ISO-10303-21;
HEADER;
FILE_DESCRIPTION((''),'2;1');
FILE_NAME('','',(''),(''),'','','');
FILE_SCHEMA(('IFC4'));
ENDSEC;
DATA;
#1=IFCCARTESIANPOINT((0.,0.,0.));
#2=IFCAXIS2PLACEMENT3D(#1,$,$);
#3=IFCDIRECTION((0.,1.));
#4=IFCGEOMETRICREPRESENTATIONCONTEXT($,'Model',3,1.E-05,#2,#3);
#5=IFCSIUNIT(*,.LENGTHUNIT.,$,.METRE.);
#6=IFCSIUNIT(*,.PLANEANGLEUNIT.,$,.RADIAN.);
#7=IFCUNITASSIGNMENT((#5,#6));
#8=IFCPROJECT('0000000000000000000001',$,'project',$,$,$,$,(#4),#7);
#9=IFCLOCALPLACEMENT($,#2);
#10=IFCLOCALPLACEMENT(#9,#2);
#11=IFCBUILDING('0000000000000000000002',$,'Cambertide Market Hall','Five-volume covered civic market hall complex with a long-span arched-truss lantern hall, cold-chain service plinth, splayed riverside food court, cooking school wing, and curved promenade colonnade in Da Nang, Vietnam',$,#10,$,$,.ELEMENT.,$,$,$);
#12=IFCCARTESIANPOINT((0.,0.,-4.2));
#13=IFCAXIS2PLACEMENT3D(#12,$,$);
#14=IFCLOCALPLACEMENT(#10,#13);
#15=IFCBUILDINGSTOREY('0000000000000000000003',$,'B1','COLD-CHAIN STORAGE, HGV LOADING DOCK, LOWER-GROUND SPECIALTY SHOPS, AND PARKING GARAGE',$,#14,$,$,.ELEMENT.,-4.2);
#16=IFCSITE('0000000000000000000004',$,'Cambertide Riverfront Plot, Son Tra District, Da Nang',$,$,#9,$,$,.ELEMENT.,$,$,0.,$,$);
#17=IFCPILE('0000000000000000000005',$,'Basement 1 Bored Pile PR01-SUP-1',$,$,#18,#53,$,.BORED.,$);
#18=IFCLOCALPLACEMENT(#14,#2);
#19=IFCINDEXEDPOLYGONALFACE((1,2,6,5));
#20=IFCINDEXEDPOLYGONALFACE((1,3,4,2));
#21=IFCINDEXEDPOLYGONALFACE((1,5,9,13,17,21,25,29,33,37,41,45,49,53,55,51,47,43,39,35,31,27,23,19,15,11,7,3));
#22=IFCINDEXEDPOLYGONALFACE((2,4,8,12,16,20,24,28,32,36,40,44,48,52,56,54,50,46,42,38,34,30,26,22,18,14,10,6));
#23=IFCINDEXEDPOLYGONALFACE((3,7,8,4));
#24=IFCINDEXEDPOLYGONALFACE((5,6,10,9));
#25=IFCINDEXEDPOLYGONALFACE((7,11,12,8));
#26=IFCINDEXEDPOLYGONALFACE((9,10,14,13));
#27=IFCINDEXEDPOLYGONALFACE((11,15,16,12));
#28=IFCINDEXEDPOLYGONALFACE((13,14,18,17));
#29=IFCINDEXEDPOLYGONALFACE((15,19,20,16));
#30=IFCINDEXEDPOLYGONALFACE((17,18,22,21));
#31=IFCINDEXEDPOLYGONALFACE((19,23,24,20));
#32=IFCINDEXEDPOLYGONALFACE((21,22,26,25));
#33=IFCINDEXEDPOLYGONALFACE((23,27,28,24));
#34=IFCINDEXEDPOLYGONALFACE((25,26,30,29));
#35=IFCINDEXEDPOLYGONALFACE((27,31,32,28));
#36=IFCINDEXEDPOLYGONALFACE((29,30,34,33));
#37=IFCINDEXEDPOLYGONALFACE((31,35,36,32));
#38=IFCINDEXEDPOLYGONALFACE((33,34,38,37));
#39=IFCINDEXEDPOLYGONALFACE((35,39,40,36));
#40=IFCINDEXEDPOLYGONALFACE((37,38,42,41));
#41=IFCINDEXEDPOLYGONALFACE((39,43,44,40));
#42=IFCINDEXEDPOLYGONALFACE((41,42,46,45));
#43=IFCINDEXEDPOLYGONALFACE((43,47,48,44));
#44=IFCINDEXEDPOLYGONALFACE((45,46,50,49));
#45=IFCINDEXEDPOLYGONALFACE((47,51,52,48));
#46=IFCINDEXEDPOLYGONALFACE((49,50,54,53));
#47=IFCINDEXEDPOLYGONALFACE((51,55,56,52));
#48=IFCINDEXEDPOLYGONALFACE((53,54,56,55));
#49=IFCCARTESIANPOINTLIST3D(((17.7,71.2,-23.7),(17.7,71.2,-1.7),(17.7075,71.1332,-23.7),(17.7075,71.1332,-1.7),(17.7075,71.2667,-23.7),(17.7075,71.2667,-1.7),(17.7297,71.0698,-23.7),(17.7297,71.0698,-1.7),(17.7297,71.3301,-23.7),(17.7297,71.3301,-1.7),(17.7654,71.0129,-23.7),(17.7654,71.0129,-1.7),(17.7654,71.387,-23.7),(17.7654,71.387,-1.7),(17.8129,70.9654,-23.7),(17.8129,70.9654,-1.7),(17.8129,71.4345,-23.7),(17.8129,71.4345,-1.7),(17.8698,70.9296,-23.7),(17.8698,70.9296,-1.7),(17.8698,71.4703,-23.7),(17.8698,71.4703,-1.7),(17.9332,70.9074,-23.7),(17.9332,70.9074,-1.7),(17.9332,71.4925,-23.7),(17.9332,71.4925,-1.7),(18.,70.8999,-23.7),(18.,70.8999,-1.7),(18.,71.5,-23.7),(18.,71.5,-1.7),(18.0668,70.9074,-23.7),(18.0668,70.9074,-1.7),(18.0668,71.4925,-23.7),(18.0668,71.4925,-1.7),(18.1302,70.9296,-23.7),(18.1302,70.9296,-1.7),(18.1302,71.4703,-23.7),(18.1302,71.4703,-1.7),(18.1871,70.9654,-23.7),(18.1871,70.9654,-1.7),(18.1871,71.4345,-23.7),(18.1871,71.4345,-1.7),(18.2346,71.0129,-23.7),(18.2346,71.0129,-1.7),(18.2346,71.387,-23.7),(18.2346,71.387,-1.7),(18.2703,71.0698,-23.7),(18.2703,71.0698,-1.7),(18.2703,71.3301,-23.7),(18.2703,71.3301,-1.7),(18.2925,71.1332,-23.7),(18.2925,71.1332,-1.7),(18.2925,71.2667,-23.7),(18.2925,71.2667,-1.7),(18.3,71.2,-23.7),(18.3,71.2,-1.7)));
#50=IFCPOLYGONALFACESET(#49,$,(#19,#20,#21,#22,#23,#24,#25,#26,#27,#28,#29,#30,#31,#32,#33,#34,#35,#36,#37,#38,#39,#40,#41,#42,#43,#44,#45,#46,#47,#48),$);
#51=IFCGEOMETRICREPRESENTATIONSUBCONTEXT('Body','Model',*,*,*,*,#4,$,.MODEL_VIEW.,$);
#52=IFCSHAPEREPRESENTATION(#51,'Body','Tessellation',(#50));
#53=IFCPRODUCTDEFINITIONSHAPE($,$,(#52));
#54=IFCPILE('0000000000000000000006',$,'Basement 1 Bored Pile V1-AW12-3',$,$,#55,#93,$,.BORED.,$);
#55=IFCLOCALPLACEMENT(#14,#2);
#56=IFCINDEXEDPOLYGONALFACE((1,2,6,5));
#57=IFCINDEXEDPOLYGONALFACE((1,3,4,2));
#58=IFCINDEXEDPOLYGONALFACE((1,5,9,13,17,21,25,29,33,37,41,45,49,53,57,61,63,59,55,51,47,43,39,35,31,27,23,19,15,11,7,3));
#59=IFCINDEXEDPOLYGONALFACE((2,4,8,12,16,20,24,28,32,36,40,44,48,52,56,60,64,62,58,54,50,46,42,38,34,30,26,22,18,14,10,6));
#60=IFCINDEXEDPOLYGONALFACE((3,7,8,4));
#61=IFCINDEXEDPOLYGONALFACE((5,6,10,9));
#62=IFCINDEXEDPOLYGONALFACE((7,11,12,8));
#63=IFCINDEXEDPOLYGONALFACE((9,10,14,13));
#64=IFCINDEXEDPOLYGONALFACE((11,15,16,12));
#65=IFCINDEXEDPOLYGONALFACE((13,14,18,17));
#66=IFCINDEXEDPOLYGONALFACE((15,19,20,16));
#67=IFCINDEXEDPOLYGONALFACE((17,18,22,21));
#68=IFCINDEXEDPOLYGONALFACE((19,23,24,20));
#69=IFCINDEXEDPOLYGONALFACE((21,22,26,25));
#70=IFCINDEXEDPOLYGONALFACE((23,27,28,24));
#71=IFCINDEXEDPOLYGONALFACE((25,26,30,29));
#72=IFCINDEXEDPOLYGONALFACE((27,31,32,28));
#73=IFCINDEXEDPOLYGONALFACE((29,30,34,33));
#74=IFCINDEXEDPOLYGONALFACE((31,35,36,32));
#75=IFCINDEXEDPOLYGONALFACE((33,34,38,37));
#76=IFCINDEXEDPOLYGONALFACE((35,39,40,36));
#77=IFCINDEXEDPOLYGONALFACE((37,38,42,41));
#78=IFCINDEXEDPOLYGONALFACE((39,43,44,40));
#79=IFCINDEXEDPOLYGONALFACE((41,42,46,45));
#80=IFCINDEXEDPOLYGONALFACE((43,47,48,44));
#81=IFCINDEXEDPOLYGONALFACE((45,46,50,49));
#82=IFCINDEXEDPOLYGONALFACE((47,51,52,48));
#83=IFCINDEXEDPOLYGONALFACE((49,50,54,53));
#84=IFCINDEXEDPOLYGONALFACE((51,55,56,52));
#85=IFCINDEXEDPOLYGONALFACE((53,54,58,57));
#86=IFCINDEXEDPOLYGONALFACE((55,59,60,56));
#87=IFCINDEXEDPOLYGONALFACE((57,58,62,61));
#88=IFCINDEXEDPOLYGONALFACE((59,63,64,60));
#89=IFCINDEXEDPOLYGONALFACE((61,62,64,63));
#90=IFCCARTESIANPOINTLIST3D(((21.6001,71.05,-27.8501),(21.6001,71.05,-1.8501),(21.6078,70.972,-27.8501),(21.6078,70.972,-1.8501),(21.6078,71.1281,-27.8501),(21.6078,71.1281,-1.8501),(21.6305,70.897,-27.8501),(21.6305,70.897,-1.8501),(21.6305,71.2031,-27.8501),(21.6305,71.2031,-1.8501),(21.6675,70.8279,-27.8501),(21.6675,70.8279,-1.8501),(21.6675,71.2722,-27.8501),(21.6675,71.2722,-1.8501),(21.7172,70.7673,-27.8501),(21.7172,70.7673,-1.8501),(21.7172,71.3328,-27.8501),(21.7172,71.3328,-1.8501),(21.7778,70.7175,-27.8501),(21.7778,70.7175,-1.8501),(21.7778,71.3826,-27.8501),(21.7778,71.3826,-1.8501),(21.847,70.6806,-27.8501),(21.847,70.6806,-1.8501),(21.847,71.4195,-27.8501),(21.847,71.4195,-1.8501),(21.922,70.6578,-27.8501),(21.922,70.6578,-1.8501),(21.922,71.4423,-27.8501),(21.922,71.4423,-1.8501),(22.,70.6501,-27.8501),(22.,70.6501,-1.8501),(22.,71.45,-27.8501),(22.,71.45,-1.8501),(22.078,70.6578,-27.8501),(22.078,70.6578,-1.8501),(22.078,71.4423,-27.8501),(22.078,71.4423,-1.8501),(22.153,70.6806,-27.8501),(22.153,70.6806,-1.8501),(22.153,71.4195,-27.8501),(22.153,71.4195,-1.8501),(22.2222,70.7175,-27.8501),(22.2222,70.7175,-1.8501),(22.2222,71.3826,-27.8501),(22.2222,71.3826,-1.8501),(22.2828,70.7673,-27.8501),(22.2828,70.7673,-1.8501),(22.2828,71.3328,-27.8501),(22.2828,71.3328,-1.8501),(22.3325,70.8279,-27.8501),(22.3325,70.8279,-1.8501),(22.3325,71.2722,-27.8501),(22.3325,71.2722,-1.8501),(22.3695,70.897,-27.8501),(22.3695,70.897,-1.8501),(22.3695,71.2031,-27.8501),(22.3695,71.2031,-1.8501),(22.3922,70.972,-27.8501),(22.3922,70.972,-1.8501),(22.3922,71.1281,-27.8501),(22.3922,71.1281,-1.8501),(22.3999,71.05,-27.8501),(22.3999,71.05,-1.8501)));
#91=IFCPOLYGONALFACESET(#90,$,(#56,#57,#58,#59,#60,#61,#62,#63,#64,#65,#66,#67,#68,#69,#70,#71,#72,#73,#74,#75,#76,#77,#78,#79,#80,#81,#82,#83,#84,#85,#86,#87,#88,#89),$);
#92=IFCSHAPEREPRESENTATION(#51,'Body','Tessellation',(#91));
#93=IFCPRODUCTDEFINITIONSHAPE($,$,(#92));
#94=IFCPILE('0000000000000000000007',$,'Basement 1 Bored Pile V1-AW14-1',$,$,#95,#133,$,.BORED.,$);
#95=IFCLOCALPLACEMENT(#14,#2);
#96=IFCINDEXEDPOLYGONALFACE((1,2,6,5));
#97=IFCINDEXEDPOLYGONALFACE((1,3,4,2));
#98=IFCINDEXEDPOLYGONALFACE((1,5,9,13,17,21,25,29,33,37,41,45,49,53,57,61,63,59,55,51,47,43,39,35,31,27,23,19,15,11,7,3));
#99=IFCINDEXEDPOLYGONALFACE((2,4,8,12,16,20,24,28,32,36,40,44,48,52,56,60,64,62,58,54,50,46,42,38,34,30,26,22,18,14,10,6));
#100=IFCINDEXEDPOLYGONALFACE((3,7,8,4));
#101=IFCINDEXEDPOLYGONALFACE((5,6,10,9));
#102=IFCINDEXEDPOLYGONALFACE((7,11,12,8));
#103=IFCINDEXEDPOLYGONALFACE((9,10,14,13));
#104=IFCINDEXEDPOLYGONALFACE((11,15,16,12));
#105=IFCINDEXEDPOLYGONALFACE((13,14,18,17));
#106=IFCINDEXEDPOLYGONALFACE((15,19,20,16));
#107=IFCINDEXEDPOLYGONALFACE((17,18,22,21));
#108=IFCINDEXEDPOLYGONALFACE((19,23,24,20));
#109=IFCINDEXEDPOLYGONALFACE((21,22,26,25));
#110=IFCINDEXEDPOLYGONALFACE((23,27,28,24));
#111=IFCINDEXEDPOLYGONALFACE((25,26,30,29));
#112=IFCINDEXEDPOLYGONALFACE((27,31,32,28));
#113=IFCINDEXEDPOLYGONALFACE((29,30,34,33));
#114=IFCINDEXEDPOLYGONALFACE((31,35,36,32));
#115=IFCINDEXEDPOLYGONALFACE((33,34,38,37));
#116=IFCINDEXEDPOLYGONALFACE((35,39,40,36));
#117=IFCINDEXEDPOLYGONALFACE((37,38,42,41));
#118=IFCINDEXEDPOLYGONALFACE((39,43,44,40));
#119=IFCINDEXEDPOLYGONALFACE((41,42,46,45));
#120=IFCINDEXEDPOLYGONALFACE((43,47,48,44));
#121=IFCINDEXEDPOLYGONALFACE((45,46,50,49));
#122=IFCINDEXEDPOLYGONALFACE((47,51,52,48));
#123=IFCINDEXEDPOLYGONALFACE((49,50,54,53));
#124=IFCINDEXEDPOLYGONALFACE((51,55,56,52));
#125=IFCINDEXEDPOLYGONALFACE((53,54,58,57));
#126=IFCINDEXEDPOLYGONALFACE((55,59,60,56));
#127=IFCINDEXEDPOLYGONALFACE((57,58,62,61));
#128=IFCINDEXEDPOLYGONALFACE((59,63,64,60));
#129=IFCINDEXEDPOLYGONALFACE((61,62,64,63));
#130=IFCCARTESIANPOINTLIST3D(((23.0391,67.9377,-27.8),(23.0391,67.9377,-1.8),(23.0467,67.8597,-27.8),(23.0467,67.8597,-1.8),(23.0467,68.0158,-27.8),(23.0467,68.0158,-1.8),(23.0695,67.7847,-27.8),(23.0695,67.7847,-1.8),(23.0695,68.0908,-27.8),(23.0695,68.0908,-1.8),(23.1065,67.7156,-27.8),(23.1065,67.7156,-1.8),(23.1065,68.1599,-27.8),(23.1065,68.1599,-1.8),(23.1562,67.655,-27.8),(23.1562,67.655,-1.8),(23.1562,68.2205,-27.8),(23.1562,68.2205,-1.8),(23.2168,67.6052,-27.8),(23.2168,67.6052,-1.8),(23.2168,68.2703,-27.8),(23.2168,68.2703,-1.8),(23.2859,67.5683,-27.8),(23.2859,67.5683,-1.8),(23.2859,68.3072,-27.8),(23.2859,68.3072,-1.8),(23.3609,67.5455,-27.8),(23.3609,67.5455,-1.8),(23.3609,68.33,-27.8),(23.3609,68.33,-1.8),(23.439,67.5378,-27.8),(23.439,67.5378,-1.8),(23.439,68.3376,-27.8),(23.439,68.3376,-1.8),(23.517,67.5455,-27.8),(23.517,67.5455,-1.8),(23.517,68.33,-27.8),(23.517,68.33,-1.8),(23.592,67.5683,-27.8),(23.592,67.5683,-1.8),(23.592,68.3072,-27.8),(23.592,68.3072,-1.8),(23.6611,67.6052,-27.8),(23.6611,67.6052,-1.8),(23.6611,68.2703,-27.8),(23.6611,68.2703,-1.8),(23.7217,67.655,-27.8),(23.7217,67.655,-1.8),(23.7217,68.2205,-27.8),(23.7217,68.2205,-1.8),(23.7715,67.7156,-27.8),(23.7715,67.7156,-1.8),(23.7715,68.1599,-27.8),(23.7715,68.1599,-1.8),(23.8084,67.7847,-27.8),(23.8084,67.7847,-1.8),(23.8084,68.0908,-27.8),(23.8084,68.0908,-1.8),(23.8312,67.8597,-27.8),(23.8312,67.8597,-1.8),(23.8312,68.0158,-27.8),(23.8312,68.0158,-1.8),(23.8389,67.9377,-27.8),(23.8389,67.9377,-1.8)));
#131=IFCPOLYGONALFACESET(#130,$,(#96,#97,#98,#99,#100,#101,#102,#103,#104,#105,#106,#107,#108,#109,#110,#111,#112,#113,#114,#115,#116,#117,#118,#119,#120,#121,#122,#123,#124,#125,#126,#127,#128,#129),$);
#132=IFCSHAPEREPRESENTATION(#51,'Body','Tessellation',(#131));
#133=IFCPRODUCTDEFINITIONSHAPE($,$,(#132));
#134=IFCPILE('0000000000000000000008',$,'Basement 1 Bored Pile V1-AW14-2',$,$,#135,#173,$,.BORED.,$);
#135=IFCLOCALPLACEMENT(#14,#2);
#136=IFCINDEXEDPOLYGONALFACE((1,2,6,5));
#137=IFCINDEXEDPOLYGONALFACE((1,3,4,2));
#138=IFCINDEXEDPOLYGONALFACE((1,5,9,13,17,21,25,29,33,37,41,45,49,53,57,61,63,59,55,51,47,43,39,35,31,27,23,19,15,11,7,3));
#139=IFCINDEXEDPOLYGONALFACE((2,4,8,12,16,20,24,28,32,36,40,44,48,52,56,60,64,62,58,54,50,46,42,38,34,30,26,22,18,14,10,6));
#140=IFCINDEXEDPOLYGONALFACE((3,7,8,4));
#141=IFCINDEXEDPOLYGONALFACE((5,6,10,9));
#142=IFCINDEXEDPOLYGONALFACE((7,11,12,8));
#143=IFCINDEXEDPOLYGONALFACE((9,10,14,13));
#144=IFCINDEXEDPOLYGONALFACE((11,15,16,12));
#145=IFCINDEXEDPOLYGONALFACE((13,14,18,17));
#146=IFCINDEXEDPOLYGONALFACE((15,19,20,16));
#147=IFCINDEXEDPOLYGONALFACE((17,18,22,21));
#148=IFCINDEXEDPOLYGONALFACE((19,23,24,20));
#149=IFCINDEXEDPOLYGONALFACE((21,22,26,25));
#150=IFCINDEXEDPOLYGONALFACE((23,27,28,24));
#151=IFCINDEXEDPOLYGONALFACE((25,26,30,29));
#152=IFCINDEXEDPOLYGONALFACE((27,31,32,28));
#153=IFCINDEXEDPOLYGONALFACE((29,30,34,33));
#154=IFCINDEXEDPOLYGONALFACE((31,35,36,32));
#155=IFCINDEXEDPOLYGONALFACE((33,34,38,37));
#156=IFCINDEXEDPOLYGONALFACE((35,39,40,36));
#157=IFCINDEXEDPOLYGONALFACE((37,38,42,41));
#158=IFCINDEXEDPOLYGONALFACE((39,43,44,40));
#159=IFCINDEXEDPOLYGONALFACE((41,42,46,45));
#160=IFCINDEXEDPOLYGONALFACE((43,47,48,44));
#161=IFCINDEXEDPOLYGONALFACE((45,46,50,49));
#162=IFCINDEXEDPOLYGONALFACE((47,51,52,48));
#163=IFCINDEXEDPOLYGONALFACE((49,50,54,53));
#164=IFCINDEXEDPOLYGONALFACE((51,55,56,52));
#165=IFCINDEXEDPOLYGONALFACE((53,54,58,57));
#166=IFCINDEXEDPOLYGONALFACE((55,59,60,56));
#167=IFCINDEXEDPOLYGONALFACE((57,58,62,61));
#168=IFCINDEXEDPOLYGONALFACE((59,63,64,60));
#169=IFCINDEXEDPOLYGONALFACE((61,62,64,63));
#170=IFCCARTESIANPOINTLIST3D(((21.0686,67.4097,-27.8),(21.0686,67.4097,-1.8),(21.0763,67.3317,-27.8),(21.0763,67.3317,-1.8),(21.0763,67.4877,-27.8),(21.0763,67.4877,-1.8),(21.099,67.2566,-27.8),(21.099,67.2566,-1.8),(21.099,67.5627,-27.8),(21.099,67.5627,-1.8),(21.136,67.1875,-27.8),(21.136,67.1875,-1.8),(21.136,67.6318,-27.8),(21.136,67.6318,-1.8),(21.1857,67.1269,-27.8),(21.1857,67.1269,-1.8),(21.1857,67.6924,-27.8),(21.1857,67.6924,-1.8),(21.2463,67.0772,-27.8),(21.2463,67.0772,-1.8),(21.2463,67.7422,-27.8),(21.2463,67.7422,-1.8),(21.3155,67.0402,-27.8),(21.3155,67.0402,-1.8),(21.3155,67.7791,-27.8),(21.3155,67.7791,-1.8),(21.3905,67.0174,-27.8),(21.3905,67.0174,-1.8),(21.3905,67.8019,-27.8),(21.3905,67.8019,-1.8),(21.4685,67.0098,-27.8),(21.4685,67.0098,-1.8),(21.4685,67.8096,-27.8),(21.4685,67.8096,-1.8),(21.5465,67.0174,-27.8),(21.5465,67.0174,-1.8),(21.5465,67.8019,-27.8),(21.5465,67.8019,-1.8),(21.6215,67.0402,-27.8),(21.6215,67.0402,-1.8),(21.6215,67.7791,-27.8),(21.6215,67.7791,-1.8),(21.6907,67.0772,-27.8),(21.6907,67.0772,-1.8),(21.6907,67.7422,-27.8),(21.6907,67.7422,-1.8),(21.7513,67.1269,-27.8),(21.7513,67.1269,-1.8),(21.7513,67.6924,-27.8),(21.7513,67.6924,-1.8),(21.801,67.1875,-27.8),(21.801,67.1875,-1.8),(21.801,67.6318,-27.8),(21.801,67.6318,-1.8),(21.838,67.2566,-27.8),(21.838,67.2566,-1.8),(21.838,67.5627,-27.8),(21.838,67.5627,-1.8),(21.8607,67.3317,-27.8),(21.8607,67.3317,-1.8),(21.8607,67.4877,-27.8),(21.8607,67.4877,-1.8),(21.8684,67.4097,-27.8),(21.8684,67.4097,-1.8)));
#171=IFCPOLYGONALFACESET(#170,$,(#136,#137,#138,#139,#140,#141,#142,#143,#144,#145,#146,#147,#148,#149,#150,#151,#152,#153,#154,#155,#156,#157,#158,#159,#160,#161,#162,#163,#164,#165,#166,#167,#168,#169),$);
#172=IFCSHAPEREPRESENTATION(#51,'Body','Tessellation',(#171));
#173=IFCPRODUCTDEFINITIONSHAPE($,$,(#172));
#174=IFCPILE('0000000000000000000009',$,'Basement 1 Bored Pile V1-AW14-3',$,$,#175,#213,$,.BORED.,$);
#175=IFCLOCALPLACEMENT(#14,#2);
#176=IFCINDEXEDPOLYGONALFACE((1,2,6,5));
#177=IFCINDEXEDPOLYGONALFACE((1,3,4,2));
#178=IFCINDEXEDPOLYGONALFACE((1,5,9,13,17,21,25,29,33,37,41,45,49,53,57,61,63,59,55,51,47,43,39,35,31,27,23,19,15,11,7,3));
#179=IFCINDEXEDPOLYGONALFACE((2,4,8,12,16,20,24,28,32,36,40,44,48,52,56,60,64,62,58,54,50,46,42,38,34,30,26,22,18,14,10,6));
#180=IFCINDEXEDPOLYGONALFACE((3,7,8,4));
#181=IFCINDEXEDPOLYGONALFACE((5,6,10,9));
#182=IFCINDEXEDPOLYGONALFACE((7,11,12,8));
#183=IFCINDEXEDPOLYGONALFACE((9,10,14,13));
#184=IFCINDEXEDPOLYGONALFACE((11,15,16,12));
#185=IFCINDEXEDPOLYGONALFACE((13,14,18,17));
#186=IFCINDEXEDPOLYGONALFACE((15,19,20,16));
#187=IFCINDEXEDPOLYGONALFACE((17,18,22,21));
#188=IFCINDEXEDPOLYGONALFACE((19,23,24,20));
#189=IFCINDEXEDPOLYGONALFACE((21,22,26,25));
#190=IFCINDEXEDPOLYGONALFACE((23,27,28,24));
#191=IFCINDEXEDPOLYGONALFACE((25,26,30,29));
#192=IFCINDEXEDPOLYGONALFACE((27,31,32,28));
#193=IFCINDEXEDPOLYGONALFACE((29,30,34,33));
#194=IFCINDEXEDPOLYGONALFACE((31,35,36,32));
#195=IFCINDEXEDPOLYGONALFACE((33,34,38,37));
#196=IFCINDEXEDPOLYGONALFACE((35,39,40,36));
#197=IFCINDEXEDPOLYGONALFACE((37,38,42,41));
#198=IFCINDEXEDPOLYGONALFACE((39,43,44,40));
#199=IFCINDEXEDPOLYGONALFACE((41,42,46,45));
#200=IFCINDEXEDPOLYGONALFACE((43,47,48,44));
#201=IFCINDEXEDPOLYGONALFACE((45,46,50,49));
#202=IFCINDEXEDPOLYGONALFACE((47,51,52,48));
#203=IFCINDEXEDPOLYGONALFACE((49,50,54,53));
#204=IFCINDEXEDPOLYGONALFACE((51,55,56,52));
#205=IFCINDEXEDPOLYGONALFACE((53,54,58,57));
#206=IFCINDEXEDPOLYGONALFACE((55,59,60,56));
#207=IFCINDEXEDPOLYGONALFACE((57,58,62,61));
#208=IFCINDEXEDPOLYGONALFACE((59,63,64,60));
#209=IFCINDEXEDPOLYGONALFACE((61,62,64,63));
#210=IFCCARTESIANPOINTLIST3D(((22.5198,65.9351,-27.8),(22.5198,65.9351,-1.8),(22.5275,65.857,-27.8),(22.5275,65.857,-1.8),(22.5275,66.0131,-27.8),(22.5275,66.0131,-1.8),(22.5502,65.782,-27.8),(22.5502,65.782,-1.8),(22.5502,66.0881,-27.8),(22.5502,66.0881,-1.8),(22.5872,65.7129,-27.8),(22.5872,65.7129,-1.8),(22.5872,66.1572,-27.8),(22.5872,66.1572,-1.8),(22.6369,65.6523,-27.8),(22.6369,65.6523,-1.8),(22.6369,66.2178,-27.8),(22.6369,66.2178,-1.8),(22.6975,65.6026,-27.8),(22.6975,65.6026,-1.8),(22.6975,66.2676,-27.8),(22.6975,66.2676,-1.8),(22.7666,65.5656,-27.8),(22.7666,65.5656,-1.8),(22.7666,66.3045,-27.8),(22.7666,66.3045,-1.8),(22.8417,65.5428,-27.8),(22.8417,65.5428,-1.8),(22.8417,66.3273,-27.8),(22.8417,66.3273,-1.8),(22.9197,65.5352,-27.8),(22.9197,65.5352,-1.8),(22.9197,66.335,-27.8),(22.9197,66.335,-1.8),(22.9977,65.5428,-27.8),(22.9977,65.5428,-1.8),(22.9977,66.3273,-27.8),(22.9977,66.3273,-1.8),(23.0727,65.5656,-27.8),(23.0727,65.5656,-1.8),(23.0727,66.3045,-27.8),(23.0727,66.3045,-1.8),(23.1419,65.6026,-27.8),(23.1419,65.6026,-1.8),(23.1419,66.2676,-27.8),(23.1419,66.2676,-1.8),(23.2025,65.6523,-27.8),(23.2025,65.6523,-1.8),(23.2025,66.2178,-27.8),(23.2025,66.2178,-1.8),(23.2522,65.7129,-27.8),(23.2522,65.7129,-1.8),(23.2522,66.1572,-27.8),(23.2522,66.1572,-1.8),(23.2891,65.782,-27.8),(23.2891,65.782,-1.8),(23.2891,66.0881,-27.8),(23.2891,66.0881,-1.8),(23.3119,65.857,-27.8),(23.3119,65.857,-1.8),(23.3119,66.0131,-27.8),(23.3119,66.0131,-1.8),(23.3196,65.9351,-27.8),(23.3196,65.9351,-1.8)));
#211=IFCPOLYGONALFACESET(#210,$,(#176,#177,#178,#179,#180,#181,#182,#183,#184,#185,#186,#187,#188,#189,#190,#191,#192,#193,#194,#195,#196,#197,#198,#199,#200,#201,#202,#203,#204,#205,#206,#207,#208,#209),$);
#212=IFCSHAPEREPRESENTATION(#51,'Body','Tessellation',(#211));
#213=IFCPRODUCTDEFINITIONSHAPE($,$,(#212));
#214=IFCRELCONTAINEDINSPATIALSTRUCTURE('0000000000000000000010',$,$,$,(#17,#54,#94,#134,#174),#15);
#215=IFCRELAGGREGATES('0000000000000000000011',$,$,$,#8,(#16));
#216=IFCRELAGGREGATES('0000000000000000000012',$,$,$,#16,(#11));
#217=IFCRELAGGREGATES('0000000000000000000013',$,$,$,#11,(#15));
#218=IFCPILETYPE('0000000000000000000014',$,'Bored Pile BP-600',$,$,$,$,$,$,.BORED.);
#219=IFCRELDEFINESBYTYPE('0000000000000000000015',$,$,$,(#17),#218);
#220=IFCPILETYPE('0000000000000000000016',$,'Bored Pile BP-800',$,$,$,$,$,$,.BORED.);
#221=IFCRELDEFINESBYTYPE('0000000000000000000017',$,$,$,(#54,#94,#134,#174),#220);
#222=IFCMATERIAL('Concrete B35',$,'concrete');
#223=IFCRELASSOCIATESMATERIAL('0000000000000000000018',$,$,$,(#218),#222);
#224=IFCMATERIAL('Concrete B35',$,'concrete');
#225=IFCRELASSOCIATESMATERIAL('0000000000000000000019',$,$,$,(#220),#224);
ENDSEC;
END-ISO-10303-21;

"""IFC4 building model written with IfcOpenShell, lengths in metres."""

from ifc_helpers import new_model, si_unit, direction, frame, origin, origin_2d, place, context, subcontext, project, spatial, circle, extrude, material, material_profile, profile_set, type_object, element, save


model = new_model("IFC4")

# Units and contexts
model_context = context("Model", 3, precision=1e-05, world=origin(), true_north=direction((0.0, 1.0)))
body_context = subcontext(model_context, "Body", "Model", "MODEL_VIEW")
ifc_project = project(units=[si_unit("LENGTHUNIT", "METRE"), si_unit("PLANEANGLEUNIT", "RADIAN")], contexts=[model_context])

# Site, building, storey
site_placement = place(None, origin())
site = spatial("IfcSite", under=ifc_project, at=site_placement, Name="Cambertide Riverfront Plot, Son Tra District, Da Nang", CompositionType="ELEMENT", RefElevation=0.0)
building_placement = place(site_placement, origin())
building = spatial("IfcBuilding", under=site, at=building_placement, Name="Cambertide Market Hall", Description="Five-volume covered civic market hall complex with a long-span arched-truss lantern hall, cold-chain service plinth, splayed riverside food court, cooking school wing, and curved promenade colonnade in Da Nang, Vietnam", CompositionType="ELEMENT")
storey_placement = place(building_placement, frame((0.0, 0.0, -4.2)))
storey = spatial("IfcBuildingStorey", under=building, at=storey_placement, Name="B1", Description="COLD-CHAIN STORAGE, HGV LOADING DOCK, LOWER-GROUND SPECIALTY SHOPS, AND PARKING GARAGE", CompositionType="ELEMENT", Elevation=-4.2)

# Piles
ifc_material_1 = material(Name="Concrete B35", Category="concrete")
ifc_material_profile_1 = material_profile(ifc_material_1, circle(Radius=0.3, at=origin_2d()), Name="BP D600")
ifc_profile_set_1 = profile_set([ifc_material_profile_1], Name="Concrete B35")
pile_type_1 = type_object("IfcPileType", Name="Bored Pile BP-600", PredefinedType="BORED", material=ifc_profile_set_1)
pile_placement = place(storey_placement, frame((18.0, 71.2, -1.7), z_axis=(0.0, 0.0, -1.0), x_axis=(1.0, 0.0, 0.0)))
element("IfcPile", 1, at=pile_placement, inside=storey, type_object=pile_type_1, Name="Basement 1 Bored Pile PR01-SUP-1", PredefinedType="BORED", context=body_context, shape_type="SweptSolid", body=[
    extrude(circle(Radius=0.3, at=origin_2d()), origin(), (0.0, 0.0, 1.0), 22.0),
])
ifc_material_2 = material(Name="Concrete B35", Category="concrete")
ifc_material_profile_2 = material_profile(ifc_material_2, circle(Radius=0.3999, at=origin_2d()), Name="BP D800")
ifc_profile_set_2 = profile_set([ifc_material_profile_2], Name="Concrete B35")
pile_type_2 = type_object("IfcPileType", Name="Bored Pile BP-800", PredefinedType="BORED", material=ifc_profile_set_2)
for number, where, z_axis, x_axis, name in (
    (2, (22.0, 71.05, -1.8501), (0.0, 0.0, -1.0), (1.0, 0.0, 0.0), "Basement 1 Bored Pile V1-AW12-3"),
    (3, (23.439, 67.9377, -1.8), (0.0, 0.0, -1.0), (1.0, 0.0, 0.0), "Basement 1 Bored Pile V1-AW14-1"),
    (4, (21.4685, 67.4097, -1.8), (0.0, 0.0, -1.0), (1.0, 0.0, 0.0), "Basement 1 Bored Pile V1-AW14-2"),
    (5, (22.9197, 65.9351, -1.8), (0.0, 0.0, -1.0), (1.0, 0.0, 0.0), "Basement 1 Bored Pile V1-AW14-3"),
):
    element("IfcPile", number, at=place(storey_placement, frame(where, z_axis=z_axis, x_axis=x_axis)), inside=storey, type_object=pile_type_2, Name=name, PredefinedType="BORED", context=body_context, shape_type="SweptSolid", body=[
        extrude(circle(Radius=0.3999, at=origin_2d()), origin(), (0.0, 0.0, 1.0), 26.0),
    ])

save(model, "model.ifc")
